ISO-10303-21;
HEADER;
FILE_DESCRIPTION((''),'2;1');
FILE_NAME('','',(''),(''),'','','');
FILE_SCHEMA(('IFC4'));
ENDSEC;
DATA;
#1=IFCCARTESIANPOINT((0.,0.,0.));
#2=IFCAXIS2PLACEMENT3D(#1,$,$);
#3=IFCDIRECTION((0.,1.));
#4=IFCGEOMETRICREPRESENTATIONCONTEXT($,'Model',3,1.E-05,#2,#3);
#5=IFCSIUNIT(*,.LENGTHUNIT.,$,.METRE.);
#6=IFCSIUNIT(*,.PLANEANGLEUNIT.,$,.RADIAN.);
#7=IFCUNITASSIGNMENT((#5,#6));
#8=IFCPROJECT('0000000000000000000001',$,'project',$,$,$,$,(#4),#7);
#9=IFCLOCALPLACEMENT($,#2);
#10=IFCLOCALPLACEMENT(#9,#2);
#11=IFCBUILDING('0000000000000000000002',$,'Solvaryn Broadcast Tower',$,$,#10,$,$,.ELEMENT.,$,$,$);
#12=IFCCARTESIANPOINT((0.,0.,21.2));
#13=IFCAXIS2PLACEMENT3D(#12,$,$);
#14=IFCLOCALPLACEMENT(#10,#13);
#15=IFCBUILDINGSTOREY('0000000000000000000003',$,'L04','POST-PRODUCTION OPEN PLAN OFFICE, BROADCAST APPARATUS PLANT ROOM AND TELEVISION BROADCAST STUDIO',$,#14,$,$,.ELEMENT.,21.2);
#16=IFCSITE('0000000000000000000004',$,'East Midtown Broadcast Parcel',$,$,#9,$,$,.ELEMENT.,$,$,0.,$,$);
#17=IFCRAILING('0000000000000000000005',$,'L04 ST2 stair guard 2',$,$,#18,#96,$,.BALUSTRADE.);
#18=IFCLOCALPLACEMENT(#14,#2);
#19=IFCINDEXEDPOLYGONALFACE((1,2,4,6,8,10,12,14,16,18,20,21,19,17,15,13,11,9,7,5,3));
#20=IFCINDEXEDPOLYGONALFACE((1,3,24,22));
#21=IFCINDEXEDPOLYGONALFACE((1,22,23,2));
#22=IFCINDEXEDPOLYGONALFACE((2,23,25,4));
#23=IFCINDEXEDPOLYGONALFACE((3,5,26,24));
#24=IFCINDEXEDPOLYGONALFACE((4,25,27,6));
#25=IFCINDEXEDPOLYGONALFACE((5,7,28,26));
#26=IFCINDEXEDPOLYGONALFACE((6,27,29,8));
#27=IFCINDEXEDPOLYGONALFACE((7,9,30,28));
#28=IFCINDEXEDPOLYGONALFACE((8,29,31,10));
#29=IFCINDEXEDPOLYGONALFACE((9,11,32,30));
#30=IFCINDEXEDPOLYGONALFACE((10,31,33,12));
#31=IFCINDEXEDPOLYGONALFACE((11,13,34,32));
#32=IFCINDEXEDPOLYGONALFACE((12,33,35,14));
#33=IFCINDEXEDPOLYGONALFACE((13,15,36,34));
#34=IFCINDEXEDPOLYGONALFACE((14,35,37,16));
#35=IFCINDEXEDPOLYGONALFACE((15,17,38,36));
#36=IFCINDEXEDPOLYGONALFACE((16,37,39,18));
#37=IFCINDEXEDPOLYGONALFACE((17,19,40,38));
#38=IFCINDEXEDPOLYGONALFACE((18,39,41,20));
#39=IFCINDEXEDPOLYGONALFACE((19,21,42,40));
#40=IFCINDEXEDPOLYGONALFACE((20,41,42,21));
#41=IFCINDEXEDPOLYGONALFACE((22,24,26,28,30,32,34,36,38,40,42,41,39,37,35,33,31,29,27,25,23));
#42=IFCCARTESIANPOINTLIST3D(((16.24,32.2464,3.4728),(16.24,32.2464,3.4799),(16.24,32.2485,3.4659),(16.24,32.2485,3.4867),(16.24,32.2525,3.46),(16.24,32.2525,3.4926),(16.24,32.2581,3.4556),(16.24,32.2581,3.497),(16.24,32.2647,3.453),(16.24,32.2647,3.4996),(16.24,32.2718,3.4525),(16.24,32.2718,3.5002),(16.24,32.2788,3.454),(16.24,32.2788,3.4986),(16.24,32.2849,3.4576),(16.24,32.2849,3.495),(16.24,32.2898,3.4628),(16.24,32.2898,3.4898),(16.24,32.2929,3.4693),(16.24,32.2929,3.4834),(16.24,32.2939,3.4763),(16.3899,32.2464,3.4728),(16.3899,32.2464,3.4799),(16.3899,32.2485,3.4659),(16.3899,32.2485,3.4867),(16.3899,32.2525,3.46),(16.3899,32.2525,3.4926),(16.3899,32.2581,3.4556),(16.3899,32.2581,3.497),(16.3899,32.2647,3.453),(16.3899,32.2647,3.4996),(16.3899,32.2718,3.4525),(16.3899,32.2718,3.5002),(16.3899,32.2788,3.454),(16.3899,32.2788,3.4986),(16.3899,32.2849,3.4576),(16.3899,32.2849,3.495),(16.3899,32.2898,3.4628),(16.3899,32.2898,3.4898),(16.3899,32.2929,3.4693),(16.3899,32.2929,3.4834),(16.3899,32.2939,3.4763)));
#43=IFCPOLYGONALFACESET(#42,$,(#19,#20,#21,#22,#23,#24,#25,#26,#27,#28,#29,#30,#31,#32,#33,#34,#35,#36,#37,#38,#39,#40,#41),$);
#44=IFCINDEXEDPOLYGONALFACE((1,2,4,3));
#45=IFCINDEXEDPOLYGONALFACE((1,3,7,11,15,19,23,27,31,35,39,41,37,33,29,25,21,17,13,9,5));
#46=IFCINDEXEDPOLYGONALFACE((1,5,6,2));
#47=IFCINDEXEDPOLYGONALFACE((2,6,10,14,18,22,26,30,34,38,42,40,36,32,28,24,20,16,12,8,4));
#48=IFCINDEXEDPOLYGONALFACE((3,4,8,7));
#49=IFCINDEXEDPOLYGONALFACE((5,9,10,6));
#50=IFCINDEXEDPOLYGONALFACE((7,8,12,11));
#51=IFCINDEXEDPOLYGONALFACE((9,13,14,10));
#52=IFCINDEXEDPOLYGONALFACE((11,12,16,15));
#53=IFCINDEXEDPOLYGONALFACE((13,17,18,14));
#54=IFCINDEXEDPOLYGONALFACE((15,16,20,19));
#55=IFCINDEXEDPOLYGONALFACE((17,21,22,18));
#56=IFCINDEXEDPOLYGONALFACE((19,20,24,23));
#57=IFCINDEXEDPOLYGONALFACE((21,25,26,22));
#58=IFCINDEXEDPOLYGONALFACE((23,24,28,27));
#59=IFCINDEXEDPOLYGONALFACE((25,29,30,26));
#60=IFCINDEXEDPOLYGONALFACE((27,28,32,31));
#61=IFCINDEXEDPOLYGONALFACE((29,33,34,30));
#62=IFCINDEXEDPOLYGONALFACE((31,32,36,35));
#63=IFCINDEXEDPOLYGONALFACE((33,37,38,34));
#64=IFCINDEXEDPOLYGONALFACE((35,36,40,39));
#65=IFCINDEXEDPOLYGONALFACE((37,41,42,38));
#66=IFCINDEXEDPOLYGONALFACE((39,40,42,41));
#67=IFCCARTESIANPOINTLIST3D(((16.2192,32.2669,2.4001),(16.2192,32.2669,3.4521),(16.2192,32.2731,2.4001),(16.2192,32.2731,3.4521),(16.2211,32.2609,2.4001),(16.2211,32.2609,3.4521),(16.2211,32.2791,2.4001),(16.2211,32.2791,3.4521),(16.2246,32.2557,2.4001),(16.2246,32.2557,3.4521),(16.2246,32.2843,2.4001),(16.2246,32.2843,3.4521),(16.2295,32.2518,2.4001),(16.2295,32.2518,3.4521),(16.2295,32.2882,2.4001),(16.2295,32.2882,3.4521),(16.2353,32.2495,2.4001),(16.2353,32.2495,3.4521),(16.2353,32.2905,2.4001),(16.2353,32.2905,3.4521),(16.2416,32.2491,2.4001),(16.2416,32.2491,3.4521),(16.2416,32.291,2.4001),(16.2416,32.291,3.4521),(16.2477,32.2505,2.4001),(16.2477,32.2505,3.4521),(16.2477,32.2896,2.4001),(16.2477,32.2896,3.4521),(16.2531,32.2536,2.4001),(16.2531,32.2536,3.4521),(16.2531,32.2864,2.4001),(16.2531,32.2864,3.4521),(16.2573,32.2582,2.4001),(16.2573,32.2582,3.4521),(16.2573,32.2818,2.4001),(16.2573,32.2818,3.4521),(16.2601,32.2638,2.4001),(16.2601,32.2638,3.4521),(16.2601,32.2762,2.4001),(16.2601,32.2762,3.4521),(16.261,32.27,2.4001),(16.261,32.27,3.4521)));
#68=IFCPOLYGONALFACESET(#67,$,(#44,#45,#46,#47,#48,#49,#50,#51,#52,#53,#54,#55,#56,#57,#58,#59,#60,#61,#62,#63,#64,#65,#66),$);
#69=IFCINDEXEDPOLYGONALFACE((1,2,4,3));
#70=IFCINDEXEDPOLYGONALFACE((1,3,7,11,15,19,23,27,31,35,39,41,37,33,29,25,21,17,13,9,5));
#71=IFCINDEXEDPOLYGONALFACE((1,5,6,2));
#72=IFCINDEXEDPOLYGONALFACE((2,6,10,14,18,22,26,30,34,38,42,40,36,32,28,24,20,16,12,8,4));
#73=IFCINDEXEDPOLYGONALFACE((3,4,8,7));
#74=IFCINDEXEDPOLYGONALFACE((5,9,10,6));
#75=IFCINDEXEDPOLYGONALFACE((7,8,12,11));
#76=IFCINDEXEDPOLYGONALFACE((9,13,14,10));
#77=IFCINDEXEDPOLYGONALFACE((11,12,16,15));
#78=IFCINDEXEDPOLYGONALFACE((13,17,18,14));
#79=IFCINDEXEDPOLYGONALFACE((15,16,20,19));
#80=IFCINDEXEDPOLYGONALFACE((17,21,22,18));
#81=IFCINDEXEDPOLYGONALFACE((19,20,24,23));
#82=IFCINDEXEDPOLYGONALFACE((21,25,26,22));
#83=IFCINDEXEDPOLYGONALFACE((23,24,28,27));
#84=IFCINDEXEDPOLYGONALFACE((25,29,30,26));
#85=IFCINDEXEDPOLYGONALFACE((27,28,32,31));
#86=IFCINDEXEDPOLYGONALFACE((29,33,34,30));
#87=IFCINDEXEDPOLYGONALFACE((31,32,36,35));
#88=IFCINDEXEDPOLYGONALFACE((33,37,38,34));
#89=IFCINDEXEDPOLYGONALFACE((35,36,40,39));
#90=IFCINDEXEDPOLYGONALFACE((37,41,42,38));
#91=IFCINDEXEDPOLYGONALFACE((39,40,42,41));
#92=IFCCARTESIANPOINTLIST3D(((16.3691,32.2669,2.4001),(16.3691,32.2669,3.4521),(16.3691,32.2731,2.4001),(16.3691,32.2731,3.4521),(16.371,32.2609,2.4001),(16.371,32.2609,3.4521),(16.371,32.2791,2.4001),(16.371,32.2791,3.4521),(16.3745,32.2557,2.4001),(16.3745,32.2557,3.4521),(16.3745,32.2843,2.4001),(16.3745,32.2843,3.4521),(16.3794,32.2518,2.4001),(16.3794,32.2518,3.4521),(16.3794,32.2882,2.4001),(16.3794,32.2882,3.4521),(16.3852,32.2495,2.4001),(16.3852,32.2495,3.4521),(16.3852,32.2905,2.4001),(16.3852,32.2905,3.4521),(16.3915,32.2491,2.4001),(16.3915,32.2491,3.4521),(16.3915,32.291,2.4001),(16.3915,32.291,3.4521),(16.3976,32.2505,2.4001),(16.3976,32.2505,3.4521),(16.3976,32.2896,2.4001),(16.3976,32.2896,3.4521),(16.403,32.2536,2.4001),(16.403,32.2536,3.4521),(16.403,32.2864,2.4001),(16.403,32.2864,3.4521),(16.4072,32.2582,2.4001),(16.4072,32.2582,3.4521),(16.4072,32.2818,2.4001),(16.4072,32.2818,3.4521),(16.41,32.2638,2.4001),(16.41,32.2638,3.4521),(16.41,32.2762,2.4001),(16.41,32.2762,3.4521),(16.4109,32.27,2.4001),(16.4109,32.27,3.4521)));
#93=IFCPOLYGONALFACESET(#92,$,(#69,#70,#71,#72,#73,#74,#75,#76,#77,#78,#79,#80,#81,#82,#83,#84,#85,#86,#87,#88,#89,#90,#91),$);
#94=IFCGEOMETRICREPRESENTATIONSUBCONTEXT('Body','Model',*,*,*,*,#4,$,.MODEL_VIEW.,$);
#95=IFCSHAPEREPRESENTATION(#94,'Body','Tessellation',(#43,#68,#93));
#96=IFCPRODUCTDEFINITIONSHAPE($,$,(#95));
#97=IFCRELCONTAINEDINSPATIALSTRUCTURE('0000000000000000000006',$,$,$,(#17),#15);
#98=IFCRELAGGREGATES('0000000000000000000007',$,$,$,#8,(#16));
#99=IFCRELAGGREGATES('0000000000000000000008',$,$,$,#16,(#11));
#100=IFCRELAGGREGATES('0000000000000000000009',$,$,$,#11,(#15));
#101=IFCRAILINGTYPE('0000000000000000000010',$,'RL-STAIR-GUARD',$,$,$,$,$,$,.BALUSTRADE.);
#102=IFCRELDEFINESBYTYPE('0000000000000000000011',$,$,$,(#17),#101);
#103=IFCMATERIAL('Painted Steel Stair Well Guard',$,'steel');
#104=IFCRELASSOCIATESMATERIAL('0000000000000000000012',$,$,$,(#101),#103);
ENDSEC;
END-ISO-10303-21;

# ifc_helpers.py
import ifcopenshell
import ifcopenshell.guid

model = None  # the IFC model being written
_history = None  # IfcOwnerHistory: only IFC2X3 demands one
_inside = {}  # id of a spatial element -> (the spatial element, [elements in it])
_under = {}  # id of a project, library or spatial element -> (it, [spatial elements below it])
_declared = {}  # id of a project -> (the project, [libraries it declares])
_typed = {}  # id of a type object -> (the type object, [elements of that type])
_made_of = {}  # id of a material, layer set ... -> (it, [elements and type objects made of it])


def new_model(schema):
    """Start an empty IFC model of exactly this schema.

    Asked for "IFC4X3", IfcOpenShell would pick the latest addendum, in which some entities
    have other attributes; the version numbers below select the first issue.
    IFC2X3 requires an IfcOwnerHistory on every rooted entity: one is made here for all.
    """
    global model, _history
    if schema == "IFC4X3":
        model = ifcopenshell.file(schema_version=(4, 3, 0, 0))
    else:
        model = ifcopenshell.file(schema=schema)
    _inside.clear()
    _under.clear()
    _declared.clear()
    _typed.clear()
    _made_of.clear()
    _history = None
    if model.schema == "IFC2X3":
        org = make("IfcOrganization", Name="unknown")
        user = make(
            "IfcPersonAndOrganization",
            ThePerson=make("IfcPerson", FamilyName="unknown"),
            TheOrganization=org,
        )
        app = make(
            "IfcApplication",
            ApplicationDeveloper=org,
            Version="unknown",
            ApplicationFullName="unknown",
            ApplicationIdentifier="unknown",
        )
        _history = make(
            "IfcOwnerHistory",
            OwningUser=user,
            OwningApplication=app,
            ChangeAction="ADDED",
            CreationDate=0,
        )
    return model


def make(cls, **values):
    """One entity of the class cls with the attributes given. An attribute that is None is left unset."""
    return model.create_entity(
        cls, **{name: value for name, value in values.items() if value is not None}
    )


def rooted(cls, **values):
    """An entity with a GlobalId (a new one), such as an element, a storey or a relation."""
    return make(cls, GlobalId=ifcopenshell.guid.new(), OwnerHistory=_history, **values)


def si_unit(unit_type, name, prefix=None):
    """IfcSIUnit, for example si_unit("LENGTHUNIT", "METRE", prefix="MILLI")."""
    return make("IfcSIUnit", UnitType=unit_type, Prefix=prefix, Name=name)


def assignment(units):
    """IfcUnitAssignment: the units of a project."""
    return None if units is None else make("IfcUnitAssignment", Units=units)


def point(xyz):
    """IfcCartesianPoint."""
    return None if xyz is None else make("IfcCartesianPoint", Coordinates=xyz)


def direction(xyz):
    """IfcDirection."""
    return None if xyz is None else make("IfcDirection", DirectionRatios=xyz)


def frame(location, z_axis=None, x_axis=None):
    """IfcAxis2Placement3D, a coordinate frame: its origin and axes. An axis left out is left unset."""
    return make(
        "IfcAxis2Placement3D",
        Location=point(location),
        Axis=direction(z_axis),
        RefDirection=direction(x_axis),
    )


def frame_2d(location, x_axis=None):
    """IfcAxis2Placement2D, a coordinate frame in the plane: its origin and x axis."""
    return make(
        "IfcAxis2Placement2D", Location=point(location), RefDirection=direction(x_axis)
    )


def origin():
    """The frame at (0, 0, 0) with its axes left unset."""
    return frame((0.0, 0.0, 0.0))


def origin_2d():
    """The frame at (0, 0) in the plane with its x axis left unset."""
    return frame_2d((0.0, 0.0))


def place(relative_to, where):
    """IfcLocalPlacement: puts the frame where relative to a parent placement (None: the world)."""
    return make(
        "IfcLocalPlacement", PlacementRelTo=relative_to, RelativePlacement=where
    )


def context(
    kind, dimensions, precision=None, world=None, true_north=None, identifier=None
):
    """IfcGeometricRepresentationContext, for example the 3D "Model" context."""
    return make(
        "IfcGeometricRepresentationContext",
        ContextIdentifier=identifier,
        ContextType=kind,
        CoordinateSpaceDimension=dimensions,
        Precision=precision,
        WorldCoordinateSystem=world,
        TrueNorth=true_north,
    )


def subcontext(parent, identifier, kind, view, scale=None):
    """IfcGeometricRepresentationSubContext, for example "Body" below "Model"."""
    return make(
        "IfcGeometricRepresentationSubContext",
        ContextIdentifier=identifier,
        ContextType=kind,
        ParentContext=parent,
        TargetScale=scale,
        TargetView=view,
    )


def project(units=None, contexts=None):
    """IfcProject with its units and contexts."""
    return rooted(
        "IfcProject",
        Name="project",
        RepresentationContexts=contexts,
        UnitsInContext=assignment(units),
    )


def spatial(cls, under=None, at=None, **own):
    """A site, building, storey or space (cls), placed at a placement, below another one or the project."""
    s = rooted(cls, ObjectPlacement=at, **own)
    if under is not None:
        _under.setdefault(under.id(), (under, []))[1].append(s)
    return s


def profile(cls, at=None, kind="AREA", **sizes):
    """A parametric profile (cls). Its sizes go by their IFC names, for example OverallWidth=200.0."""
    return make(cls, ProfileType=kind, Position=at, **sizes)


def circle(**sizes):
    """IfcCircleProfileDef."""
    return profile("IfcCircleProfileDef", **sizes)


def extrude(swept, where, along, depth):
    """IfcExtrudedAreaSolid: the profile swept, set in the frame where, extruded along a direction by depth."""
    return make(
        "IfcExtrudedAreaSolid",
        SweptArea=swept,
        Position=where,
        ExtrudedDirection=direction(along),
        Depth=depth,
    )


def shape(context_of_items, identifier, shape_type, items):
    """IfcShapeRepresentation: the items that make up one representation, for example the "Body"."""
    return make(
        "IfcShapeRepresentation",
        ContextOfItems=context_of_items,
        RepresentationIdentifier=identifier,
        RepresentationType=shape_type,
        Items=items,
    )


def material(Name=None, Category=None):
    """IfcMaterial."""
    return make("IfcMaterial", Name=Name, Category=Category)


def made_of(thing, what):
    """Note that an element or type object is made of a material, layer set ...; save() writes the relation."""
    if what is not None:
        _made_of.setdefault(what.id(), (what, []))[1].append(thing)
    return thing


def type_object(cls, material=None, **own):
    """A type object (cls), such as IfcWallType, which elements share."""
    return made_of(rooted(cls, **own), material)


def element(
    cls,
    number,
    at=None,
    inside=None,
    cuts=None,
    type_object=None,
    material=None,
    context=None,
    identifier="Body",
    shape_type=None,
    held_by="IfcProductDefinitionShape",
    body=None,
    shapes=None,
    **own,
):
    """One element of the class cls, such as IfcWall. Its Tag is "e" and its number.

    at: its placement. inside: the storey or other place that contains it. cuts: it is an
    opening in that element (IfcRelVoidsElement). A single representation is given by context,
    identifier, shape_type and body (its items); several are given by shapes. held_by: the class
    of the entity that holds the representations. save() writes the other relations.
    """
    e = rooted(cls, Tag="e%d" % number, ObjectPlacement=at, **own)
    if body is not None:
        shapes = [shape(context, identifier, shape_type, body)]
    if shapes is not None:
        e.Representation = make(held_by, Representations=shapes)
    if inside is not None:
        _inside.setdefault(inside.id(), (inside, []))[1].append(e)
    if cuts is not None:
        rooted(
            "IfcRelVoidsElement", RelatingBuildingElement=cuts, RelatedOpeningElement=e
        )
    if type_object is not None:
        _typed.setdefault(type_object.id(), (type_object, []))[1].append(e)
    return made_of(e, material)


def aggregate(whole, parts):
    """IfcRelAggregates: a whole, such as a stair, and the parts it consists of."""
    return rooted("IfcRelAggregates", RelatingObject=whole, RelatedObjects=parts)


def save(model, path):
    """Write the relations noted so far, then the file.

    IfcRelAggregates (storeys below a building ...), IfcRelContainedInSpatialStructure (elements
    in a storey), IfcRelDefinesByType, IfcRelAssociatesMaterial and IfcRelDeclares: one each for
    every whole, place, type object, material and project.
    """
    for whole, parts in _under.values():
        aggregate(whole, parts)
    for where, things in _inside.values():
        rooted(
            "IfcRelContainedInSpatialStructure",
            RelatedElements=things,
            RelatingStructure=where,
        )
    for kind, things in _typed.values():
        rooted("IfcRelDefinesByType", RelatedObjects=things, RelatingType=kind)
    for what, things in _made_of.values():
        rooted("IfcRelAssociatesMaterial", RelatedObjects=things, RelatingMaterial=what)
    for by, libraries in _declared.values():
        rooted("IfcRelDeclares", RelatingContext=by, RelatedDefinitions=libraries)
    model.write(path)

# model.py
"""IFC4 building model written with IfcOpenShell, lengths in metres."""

from ifc_helpers import new_model, si_unit, direction, frame, origin, origin_2d, place, context, subcontext, project, spatial, circle, extrude, material, type_object, element, save


model = new_model("IFC4")

# Units and contexts
model_context = context("Model", 3, precision=1e-05, world=origin(), true_north=direction((0.0, 1.0)))
body_context = subcontext(model_context, "Body", "Model", "MODEL_VIEW")
ifc_project = project(units=[si_unit("LENGTHUNIT", "METRE"), si_unit("PLANEANGLEUNIT", "RADIAN")], contexts=[model_context])

# Site, building, storey
site_placement = place(None, origin())
site = spatial("IfcSite", under=ifc_project, at=site_placement, Name="East Midtown Broadcast Parcel", CompositionType="ELEMENT", RefElevation=0.0)
building_placement = place(site_placement, origin())
building = spatial("IfcBuilding", under=site, at=building_placement, Name="Solvaryn Broadcast Tower", CompositionType="ELEMENT")
storey_placement = place(building_placement, frame((0.0, 0.0, 21.2)))
storey = spatial("IfcBuildingStorey", under=building, at=storey_placement, Name="L04", Description="POST-PRODUCTION OPEN PLAN OFFICE, BROADCAST APPARATUS PLANT ROOM AND TELEVISION BROADCAST STUDIO", CompositionType="ELEMENT", Elevation=21.2)

# Railing
ifc_material_1 = material(Name="Painted Steel Stair Well Guard", Category="steel")
railing_type_1 = type_object("IfcRailingType", Name="RL-STAIR-GUARD", PredefinedType="BALUSTRADE", material=ifc_material_1)
railing_1_placement = place(storey_placement, frame((16.24, 32.27, 2.4001)))
element("IfcRailing", 1, at=railing_1_placement, inside=storey, type_object=railing_type_1, Name="L04 ST2 stair guard 2", PredefinedType="BALUSTRADE", context=body_context, shape_type="SweptSolid", body=[
    extrude(circle(Radius=0.0239, at=origin_2d()), frame((0.0, 0.0, 1.0762), z_axis=(1.0, 0.0, 0.0), x_axis=(0.0, 1.0, 0.0)), (0.0, 0.0, 1.0), 0.1499),
    extrude(circle(Radius=0.021, at=origin_2d()), origin(), (0.0, 0.0, 1.0), 1.052),
    extrude(circle(Radius=0.021, at=origin_2d()), frame((0.1499, 0.0, 0.0)), (0.0, 0.0, 1.0), 1.052),
])

save(model, "model.ifc")
